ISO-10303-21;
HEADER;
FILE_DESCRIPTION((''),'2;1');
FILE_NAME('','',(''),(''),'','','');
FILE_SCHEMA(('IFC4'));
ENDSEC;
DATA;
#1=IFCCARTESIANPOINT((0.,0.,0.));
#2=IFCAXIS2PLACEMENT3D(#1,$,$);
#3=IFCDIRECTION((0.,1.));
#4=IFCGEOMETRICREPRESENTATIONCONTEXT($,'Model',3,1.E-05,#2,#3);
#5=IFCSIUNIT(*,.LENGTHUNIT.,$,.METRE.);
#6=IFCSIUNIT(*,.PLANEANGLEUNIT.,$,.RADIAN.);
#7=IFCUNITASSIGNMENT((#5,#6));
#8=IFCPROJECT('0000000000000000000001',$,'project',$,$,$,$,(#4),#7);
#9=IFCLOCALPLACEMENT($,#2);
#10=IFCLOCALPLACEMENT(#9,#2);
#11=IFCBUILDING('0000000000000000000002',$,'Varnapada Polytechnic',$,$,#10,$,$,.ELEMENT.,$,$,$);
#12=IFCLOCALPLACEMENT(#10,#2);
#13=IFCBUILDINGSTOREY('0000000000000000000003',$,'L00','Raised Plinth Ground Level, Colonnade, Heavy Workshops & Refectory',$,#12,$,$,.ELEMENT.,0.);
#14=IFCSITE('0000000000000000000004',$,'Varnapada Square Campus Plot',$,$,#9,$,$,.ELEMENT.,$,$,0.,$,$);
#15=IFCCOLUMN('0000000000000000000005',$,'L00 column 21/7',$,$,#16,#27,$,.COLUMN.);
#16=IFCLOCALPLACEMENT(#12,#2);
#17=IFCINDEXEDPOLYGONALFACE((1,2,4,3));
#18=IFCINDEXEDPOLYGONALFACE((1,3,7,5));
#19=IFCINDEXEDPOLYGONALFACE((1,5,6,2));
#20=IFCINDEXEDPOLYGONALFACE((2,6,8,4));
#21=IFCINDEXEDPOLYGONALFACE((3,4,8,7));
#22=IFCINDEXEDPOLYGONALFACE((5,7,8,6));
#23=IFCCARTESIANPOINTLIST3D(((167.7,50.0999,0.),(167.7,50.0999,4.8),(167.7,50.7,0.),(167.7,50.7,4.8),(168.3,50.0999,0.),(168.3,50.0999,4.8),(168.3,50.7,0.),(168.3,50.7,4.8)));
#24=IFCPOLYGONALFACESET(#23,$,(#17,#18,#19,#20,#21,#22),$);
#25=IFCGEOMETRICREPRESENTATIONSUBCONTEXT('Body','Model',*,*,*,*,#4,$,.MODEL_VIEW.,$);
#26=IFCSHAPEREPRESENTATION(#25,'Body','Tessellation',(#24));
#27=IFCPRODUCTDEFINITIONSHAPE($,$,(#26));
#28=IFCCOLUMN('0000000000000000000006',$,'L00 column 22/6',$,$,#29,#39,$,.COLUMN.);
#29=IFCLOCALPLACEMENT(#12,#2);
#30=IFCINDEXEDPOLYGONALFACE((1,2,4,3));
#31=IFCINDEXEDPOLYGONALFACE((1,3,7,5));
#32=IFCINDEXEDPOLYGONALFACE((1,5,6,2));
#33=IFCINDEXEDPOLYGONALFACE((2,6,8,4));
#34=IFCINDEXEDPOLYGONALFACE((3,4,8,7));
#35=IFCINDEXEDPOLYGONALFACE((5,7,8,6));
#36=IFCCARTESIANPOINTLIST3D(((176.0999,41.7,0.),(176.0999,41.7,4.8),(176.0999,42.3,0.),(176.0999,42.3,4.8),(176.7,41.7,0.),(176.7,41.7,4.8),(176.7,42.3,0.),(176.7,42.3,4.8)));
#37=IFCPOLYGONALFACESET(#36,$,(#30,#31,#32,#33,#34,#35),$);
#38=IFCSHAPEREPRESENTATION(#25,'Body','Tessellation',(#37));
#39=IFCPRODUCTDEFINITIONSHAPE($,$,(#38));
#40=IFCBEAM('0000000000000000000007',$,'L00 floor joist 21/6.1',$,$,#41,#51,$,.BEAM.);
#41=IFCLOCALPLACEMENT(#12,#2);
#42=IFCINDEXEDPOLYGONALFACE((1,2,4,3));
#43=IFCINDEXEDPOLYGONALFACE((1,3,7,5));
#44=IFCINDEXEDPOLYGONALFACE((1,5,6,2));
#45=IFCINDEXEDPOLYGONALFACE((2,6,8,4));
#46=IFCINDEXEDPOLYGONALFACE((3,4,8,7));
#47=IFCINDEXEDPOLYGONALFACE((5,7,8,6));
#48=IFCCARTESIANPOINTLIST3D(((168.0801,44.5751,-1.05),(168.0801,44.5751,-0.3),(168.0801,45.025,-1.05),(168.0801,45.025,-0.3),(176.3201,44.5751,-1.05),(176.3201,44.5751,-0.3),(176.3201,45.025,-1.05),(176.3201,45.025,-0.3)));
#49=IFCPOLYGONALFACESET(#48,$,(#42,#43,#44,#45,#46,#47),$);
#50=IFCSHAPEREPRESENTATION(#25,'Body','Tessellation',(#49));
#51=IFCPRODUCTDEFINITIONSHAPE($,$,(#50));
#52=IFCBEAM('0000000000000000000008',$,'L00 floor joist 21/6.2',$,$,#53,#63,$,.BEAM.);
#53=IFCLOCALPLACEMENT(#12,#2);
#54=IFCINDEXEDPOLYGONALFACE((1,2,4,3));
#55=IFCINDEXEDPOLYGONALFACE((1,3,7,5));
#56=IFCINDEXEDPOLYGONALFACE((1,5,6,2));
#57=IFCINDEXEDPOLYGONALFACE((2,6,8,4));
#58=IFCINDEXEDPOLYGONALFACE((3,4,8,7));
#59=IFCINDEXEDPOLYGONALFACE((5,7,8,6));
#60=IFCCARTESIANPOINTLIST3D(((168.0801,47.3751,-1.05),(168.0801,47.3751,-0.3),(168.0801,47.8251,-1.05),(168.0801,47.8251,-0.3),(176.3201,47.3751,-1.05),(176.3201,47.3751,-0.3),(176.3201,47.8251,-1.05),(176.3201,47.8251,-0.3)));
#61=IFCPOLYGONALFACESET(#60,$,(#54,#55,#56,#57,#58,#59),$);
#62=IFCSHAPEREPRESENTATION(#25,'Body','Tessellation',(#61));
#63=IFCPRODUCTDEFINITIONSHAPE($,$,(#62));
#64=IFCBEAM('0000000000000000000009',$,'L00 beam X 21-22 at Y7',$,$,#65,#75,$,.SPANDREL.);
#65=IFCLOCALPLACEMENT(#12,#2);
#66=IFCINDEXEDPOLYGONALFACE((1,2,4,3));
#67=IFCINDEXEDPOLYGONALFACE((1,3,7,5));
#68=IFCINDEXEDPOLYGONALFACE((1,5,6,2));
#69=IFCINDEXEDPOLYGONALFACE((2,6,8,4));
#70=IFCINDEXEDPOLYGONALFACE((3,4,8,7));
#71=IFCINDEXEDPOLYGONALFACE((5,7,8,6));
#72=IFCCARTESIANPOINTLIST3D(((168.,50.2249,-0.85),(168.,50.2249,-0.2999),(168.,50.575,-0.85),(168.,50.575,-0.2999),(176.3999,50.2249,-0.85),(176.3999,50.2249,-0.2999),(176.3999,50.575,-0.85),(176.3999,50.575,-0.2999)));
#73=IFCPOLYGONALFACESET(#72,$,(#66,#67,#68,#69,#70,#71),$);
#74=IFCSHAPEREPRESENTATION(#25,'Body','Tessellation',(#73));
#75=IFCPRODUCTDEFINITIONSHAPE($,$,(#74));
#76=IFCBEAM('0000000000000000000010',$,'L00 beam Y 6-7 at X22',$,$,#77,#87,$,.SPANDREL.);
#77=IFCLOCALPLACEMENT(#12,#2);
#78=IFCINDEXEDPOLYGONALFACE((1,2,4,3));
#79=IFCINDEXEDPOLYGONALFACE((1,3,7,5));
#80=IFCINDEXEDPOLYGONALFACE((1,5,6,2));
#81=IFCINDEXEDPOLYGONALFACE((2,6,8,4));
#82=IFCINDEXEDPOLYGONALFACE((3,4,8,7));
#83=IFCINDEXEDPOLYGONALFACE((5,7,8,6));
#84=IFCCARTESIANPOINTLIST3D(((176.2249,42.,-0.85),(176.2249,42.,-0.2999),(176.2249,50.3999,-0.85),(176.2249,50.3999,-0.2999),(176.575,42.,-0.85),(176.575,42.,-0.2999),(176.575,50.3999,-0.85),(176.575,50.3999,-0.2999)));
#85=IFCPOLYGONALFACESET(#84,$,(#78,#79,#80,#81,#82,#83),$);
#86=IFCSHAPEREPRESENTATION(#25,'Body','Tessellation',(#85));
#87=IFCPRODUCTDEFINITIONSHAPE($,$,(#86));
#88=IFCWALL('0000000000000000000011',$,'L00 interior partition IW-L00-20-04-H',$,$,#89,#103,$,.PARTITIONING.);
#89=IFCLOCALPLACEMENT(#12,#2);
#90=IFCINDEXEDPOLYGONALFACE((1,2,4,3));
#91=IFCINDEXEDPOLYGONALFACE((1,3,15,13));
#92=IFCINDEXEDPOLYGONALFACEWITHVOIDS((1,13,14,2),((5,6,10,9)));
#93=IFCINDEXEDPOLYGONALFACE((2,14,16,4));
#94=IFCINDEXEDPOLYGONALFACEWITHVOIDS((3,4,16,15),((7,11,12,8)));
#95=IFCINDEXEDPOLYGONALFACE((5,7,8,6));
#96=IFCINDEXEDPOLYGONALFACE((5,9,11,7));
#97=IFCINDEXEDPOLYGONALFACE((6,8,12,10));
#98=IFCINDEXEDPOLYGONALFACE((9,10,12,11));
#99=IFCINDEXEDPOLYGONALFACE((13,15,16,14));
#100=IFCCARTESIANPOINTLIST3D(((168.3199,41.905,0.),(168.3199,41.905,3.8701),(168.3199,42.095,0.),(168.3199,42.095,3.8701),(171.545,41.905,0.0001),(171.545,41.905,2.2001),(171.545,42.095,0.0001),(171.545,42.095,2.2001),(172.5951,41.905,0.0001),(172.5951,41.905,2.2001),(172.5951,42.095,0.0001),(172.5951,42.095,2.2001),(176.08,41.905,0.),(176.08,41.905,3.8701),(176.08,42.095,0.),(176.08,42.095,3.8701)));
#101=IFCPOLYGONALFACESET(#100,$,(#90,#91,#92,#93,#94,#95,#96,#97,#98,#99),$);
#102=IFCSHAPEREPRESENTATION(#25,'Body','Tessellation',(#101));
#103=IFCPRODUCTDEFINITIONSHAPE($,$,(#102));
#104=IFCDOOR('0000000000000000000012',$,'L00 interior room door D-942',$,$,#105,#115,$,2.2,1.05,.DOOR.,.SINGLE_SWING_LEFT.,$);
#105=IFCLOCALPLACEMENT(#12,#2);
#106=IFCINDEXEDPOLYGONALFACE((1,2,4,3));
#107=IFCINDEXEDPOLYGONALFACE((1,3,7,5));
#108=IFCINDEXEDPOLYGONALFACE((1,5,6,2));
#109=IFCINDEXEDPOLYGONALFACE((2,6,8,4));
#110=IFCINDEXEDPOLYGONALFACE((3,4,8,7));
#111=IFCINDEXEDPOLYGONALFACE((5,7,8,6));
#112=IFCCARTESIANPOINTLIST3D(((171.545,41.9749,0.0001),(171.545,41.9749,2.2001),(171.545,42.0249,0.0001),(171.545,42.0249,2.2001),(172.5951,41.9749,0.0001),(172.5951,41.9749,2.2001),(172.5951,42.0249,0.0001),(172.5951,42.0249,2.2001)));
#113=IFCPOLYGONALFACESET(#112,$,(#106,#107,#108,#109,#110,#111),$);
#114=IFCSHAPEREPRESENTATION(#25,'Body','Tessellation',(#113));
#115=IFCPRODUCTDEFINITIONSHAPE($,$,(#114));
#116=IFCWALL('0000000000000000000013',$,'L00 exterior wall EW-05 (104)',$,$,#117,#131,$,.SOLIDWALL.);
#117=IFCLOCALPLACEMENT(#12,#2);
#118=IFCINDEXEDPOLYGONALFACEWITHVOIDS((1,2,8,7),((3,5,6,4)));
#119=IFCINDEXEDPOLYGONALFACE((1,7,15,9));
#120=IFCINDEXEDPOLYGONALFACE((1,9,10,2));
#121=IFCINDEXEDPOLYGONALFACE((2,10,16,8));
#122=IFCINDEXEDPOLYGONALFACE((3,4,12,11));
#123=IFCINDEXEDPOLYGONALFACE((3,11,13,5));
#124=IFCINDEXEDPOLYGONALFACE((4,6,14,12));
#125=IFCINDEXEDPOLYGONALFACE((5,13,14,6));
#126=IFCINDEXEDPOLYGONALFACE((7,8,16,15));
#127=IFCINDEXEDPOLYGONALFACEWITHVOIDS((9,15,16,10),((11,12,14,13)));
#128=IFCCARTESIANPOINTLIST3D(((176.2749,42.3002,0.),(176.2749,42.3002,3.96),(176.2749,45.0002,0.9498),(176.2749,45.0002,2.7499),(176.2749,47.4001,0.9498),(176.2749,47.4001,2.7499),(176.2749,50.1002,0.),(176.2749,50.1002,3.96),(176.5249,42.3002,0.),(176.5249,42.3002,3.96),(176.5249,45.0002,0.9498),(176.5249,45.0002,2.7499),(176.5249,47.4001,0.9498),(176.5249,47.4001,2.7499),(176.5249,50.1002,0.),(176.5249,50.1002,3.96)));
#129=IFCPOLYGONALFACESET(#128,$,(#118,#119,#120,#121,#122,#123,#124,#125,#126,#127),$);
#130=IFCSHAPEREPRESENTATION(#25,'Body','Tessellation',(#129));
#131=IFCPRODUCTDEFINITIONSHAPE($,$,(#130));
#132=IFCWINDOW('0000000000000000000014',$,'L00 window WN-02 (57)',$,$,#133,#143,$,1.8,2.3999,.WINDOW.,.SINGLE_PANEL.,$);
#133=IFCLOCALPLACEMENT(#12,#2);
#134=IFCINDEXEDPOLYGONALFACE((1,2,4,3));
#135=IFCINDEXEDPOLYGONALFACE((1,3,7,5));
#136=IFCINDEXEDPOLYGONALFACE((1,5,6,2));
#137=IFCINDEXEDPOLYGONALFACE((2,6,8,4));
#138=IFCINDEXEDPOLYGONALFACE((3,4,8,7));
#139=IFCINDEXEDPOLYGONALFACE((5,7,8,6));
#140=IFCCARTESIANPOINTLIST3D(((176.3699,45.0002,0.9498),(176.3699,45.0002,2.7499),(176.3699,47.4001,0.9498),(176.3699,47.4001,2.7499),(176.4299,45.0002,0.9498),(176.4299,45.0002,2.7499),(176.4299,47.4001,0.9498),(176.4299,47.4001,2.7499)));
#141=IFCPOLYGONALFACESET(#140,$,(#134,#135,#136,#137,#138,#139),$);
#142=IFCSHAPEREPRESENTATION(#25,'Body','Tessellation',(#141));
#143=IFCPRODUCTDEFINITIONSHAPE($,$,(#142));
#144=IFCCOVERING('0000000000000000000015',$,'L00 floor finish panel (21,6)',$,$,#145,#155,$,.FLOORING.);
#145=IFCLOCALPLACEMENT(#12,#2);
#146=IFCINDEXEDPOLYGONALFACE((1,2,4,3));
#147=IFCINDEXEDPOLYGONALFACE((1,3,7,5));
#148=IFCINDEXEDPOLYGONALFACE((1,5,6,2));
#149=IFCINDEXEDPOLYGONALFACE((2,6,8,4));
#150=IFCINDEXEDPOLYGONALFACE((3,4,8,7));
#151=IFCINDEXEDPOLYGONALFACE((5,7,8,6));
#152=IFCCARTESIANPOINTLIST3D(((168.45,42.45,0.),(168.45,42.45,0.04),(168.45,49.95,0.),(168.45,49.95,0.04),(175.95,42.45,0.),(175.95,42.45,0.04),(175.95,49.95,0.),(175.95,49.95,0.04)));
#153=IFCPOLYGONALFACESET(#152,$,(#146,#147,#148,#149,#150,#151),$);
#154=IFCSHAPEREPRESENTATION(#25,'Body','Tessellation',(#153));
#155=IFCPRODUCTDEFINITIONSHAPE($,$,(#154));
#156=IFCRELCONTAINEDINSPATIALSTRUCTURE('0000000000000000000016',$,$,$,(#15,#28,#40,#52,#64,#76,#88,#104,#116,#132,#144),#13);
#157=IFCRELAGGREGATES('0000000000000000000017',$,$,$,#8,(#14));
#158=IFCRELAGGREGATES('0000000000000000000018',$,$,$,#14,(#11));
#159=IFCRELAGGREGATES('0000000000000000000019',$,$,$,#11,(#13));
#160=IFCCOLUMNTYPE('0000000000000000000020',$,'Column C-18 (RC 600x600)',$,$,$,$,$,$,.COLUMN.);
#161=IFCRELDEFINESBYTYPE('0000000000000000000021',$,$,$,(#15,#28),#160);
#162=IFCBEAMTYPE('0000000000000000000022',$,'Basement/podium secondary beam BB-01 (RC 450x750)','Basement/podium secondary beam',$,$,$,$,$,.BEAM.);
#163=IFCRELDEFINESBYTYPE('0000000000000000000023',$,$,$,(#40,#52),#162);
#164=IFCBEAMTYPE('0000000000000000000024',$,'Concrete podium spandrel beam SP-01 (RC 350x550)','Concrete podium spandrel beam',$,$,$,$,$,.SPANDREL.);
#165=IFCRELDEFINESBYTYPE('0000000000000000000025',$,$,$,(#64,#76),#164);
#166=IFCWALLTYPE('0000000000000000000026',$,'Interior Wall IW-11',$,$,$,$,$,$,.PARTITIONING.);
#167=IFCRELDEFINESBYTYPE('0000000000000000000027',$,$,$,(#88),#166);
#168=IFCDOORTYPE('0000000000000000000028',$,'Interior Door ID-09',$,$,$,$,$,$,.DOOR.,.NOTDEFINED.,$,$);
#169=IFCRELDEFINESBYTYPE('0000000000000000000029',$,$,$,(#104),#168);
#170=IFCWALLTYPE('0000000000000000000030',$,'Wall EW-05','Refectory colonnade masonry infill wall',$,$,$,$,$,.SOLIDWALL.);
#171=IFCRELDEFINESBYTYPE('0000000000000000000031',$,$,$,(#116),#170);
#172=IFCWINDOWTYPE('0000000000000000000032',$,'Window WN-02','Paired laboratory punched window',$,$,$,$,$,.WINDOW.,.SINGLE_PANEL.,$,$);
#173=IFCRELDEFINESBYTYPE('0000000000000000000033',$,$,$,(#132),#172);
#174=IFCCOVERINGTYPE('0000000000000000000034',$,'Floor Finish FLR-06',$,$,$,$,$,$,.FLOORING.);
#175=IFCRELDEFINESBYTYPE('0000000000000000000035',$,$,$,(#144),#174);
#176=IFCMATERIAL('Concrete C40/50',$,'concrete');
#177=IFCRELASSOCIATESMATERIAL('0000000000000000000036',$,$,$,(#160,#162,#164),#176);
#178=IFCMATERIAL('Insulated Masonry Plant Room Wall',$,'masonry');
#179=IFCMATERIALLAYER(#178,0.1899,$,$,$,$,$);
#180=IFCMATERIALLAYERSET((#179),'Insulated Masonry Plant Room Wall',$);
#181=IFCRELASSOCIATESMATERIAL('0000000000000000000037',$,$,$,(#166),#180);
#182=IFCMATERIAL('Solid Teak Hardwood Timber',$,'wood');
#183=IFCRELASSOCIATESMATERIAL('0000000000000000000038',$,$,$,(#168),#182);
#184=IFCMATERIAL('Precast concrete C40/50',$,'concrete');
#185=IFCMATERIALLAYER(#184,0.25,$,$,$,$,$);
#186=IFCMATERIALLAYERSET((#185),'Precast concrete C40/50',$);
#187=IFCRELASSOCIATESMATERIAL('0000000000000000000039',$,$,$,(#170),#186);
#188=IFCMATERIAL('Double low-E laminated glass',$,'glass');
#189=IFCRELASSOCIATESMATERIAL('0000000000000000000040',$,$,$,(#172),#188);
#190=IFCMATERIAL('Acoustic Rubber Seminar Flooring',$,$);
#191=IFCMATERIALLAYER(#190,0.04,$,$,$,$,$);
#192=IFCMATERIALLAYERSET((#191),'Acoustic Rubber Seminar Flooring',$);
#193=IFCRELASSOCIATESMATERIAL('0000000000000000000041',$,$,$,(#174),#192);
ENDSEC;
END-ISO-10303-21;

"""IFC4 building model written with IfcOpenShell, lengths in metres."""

from ifc_helpers import new_model, si_unit, direction, frame, frame_2d, origin, origin_2d, place, context, subcontext, project, spatial, rectangle, extrude, material, layer, layer_set, material_profile, profile_set, type_object, element, fill, save


model = new_model("IFC4")

# Units and contexts
model_context = context("Model", 3, precision=1e-05, world=origin(), true_north=direction((0.0, 1.0)))
body_context = subcontext(model_context, "Body", "Model", "MODEL_VIEW")
ifc_project = project(units=[si_unit("LENGTHUNIT", "METRE"), si_unit("PLANEANGLEUNIT", "RADIAN")], contexts=[model_context])

# Site, building, storey
site_placement = place(None, origin())
site = spatial("IfcSite", under=ifc_project, at=site_placement, Name="Varnapada Square Campus Plot", CompositionType="ELEMENT", RefElevation=0.0)
building_placement = place(site_placement, origin())
building = spatial("IfcBuilding", under=site, at=building_placement, Name="Varnapada Polytechnic", CompositionType="ELEMENT")
storey_placement = place(building_placement, origin())
storey = spatial("IfcBuildingStorey", under=building, at=storey_placement, Name="L00", Description="Raised Plinth Ground Level, Colonnade, Heavy Workshops & Refectory", CompositionType="ELEMENT", Elevation=0.0)

# Columns
ifc_material_1 = material(Name="Concrete C40/50", Category="concrete")
ifc_material_profile_1 = material_profile(ifc_material_1, rectangle(XDim=0.6001, YDim=0.6001, at=origin_2d()), Name="RC 600x600")
ifc_profile_set_1 = profile_set([ifc_material_profile_1], Name="Concrete C40/50")
column_type = type_object("IfcColumnType", Name="Column C-18 (RC 600x600)", PredefinedType="COLUMN", material=ifc_profile_set_1)
for number, where, z_axis, x_axis, name in (
    (1, (168.0, 50.3999, 0.0), (0.0, 0.0, 1.0), (1.0, 0.0, 0.0), "L00 column 21/7"),
    (2, (176.3999, 42.0, 0.0), (0.0, 0.0, 1.0), (1.0, 0.0, 0.0), "L00 column 22/6"),
):
    element("IfcColumn", number, at=place(storey_placement, frame(where, z_axis=z_axis, x_axis=x_axis)), inside=storey, type_object=column_type, Name=name, PredefinedType="COLUMN", context=body_context, shape_type="SweptSolid", body=[
        extrude(rectangle(XDim=0.6001, YDim=0.6001, at=origin_2d()), origin(), (0.0, 0.0, 1.0), 4.8),
    ])

# Beams
ifc_material_profile_2 = material_profile(ifc_material_1, rectangle(XDim=0.45, YDim=0.75, at=origin_2d()), Name="RC 450x750")
ifc_profile_set_2 = profile_set([ifc_material_profile_2], Name="Concrete C40/50")
beam_type_1 = type_object("IfcBeamType", Name="Basement/podium secondary beam BB-01 (RC 450x750)", Description="Basement/podium secondary beam", PredefinedType="BEAM", material=ifc_profile_set_2)
for number, where, z_axis, x_axis, name in (
    (3, (168.0801, 44.8, -0.675), (1.0, 0.0, 0.0), (0.0, 1.0, 0.0), "L00 floor joist 21/6.1"),
    (4, (168.0801, 47.6001, -0.675), (1.0, 0.0, 0.0), (0.0, 1.0, 0.0), "L00 floor joist 21/6.2"),
):
    element("IfcBeam", number, at=place(storey_placement, frame(where, z_axis=z_axis, x_axis=x_axis)), inside=storey, type_object=beam_type_1, Name=name, PredefinedType="BEAM", context=body_context, shape_type="SweptSolid", body=[
        extrude(rectangle(XDim=0.45, YDim=0.75, at=origin_2d()), origin(), (0.0, 0.0, 1.0), 8.24),
    ])
ifc_material_profile_3 = material_profile(ifc_material_1, rectangle(XDim=0.3501, YDim=0.55, at=origin_2d()), Name="RC 350x550")
ifc_profile_set_3 = profile_set([ifc_material_profile_3], Name="Concrete C40/50")
beam_type_2 = type_object("IfcBeamType", Name="Concrete podium spandrel beam SP-01 (RC 350x550)", Description="Concrete podium spandrel beam", PredefinedType="SPANDREL", material=ifc_profile_set_3)
for number, where, z_axis, x_axis, name in (
    (5, (168.0, 50.3999, -0.575), (1.0, 0.0, 0.0), (0.0, 1.0, 0.0), "L00 beam X 21-22 at Y7"),
    (6, (176.3999, 42.0, -0.575), (0.0, 1.0, 0.0), (-1.0, 0.0, 0.0), "L00 beam Y 6-7 at X22"),
):
    element("IfcBeam", number, at=place(storey_placement, frame(where, z_axis=z_axis, x_axis=x_axis)), inside=storey, type_object=beam_type_2, Name=name, PredefinedType="SPANDREL", context=body_context, shape_type="SweptSolid", body=[
        extrude(rectangle(XDim=0.3501, YDim=0.55, at=origin_2d()), origin(), (0.0, 0.0, 1.0), 8.3999),
    ])

# Wall, opening, door
ifc_material_2 = material(Name="Insulated Masonry Plant Room Wall", Category="masonry")
ifc_layer_1 = layer(ifc_material_2, 0.1899)
ifc_layer_set_1 = layer_set([ifc_layer_1], Name="Insulated Masonry Plant Room Wall")
wall_type_1 = type_object("IfcWallType", Name="Interior Wall IW-11", PredefinedType="PARTITIONING", material=ifc_layer_set_1)
wall_1_placement = place(storey_placement, frame((168.3201, 42.0, 0.0), z_axis=(0.0, 0.0, 1.0), x_axis=(1.0, 0.0, 0.0)))
wall_1 = element("IfcWall", 7, at=wall_1_placement, inside=storey, type_object=wall_type_1, Name="L00 interior partition IW-L00-20-04-H", PredefinedType="PARTITIONING", context=body_context, shape_type="SweptSolid", body=[
    extrude(rectangle(XDim=7.76, YDim=0.1899, at=frame_2d((3.8799, 0.0))), origin(), (0.0, 0.0, 1.0), 3.8701),
])
opening_1_placement = place(wall_1_placement, frame((3.2251, 0.0, 0.0)))
opening_1 = element("IfcOpeningElement", 8, at=opening_1_placement, cuts=wall_1, PredefinedType="OPENING", context=body_context, shape_type="SweptSolid", body=[
    extrude(rectangle(XDim=1.05, YDim=2.2, at=frame_2d((0.5249, 1.1001))), frame((0.0, 0.105, 0.0), z_axis=(0.0, -1.0, 0.0), x_axis=(1.0, 0.0, 0.0)), (0.0, 0.0, 1.0), 0.21),
])
ifc_material_3 = material(Name="Solid Teak Hardwood Timber", Category="wood")
door_type = type_object("IfcDoorType", Name="Interior Door ID-09", OperationType="NOTDEFINED", PredefinedType="DOOR", material=ifc_material_3)
door_placement = place(opening_1_placement, origin())
door = element("IfcDoor", 9, at=door_placement, inside=storey, type_object=door_type, Name="L00 interior room door D-942", OperationType="SINGLE_SWING_LEFT", OverallHeight=2.2, OverallWidth=1.05, PredefinedType="DOOR", context=body_context, shape_type="SweptSolid", body=[
    extrude(rectangle(XDim=1.05, YDim=2.2, at=frame_2d((0.5249, 1.1001))), frame((0.0, 0.0249, 0.0), z_axis=(0.0, -1.0, 0.0), x_axis=(1.0, 0.0, 0.0)), (0.0, 0.0, 1.0), 0.05),
])
fill(opening_1, door)

# Wall, opening, window
ifc_material_4 = material(Name="Precast concrete C40/50", Category="concrete")
ifc_layer_2 = layer(ifc_material_4, 0.25)
ifc_layer_set_2 = layer_set([ifc_layer_2], Name="Precast concrete C40/50")
wall_type_2 = type_object("IfcWallType", Name="Wall EW-05", Description="Refectory colonnade masonry infill wall", PredefinedType="SOLIDWALL", material=ifc_layer_set_2)
wall_2_placement = place(storey_placement, frame((176.3999, 50.1001, 0.0), z_axis=(0.0, 0.0, 1.0), x_axis=(0.0, -1.0, 0.0)))
wall_2 = element("IfcWall", 10, at=wall_2_placement, inside=storey, type_object=wall_type_2, Name="L00 exterior wall EW-05 (104)", PredefinedType="SOLIDWALL", context=body_context, shape_type="SweptSolid", body=[
    extrude(rectangle(XDim=7.8, YDim=0.25, at=frame_2d((3.8999, 0.0))), origin(), (0.0, 0.0, 1.0), 3.96),
])
opening_2_placement = place(wall_2_placement, frame((2.7, 0.0, 0.95)))
opening_2 = element("IfcOpeningElement", 11, at=opening_2_placement, cuts=wall_2, PredefinedType="OPENING", context=body_context, shape_type="SweptSolid", body=[
    extrude(rectangle(XDim=2.3999, YDim=1.8, at=frame_2d((1.2, 0.8999))), frame((0.0, 0.135, 0.0), z_axis=(0.0, -1.0, 0.0), x_axis=(1.0, 0.0, 0.0)), (0.0, 0.0, 1.0), 0.27),
])
ifc_material_5 = material(Name="Double low-E laminated glass", Category="glass")
window_type = type_object("IfcWindowType", Name="Window WN-02", Description="Paired laboratory punched window", PartitioningType="SINGLE_PANEL", PredefinedType="WINDOW", material=ifc_material_5)
window_placement = place(opening_2_placement, origin())
window = element("IfcWindow", 12, at=window_placement, inside=storey, type_object=window_type, Name="L00 window WN-02 (57)", OverallHeight=1.8, OverallWidth=2.3999, PartitioningType="SINGLE_PANEL", PredefinedType="WINDOW", context=body_context, shape_type="SweptSolid", body=[
    extrude(rectangle(XDim=2.3999, YDim=1.8, at=frame_2d((1.2, 0.8999))), frame((0.0, 0.03, 0.0), z_axis=(0.0, -1.0, 0.0), x_axis=(1.0, 0.0, 0.0)), (0.0, 0.0, 1.0), 0.0601),
])
fill(opening_2, window)

# Covering
ifc_material_6 = material(Name="Acoustic Rubber Seminar Flooring")
ifc_layer_3 = layer(ifc_material_6, 0.04)
ifc_layer_set_3 = layer_set([ifc_layer_3], Name="Acoustic Rubber Seminar Flooring")
covering_type_1 = type_object("IfcCoveringType", Name="Floor Finish FLR-06", PredefinedType="FLOORING", material=ifc_layer_set_3)
covering_1_placement = place(storey_placement, frame((172.2, 46.2, 0.0), z_axis=(0.0, 0.0, 1.0), x_axis=(1.0, 0.0, 0.0)))
element("IfcCovering", 13, at=covering_1_placement, inside=storey, type_object=covering_type_1, Name="L00 floor finish panel (21,6)", PredefinedType="FLOORING", context=body_context, shape_type="SweptSolid", body=[
    extrude(rectangle(XDim=7.5, YDim=7.5, at=origin_2d()), origin(), (0.0, 0.0, 1.0), 0.04),
])

save(model, "model.ifc")
